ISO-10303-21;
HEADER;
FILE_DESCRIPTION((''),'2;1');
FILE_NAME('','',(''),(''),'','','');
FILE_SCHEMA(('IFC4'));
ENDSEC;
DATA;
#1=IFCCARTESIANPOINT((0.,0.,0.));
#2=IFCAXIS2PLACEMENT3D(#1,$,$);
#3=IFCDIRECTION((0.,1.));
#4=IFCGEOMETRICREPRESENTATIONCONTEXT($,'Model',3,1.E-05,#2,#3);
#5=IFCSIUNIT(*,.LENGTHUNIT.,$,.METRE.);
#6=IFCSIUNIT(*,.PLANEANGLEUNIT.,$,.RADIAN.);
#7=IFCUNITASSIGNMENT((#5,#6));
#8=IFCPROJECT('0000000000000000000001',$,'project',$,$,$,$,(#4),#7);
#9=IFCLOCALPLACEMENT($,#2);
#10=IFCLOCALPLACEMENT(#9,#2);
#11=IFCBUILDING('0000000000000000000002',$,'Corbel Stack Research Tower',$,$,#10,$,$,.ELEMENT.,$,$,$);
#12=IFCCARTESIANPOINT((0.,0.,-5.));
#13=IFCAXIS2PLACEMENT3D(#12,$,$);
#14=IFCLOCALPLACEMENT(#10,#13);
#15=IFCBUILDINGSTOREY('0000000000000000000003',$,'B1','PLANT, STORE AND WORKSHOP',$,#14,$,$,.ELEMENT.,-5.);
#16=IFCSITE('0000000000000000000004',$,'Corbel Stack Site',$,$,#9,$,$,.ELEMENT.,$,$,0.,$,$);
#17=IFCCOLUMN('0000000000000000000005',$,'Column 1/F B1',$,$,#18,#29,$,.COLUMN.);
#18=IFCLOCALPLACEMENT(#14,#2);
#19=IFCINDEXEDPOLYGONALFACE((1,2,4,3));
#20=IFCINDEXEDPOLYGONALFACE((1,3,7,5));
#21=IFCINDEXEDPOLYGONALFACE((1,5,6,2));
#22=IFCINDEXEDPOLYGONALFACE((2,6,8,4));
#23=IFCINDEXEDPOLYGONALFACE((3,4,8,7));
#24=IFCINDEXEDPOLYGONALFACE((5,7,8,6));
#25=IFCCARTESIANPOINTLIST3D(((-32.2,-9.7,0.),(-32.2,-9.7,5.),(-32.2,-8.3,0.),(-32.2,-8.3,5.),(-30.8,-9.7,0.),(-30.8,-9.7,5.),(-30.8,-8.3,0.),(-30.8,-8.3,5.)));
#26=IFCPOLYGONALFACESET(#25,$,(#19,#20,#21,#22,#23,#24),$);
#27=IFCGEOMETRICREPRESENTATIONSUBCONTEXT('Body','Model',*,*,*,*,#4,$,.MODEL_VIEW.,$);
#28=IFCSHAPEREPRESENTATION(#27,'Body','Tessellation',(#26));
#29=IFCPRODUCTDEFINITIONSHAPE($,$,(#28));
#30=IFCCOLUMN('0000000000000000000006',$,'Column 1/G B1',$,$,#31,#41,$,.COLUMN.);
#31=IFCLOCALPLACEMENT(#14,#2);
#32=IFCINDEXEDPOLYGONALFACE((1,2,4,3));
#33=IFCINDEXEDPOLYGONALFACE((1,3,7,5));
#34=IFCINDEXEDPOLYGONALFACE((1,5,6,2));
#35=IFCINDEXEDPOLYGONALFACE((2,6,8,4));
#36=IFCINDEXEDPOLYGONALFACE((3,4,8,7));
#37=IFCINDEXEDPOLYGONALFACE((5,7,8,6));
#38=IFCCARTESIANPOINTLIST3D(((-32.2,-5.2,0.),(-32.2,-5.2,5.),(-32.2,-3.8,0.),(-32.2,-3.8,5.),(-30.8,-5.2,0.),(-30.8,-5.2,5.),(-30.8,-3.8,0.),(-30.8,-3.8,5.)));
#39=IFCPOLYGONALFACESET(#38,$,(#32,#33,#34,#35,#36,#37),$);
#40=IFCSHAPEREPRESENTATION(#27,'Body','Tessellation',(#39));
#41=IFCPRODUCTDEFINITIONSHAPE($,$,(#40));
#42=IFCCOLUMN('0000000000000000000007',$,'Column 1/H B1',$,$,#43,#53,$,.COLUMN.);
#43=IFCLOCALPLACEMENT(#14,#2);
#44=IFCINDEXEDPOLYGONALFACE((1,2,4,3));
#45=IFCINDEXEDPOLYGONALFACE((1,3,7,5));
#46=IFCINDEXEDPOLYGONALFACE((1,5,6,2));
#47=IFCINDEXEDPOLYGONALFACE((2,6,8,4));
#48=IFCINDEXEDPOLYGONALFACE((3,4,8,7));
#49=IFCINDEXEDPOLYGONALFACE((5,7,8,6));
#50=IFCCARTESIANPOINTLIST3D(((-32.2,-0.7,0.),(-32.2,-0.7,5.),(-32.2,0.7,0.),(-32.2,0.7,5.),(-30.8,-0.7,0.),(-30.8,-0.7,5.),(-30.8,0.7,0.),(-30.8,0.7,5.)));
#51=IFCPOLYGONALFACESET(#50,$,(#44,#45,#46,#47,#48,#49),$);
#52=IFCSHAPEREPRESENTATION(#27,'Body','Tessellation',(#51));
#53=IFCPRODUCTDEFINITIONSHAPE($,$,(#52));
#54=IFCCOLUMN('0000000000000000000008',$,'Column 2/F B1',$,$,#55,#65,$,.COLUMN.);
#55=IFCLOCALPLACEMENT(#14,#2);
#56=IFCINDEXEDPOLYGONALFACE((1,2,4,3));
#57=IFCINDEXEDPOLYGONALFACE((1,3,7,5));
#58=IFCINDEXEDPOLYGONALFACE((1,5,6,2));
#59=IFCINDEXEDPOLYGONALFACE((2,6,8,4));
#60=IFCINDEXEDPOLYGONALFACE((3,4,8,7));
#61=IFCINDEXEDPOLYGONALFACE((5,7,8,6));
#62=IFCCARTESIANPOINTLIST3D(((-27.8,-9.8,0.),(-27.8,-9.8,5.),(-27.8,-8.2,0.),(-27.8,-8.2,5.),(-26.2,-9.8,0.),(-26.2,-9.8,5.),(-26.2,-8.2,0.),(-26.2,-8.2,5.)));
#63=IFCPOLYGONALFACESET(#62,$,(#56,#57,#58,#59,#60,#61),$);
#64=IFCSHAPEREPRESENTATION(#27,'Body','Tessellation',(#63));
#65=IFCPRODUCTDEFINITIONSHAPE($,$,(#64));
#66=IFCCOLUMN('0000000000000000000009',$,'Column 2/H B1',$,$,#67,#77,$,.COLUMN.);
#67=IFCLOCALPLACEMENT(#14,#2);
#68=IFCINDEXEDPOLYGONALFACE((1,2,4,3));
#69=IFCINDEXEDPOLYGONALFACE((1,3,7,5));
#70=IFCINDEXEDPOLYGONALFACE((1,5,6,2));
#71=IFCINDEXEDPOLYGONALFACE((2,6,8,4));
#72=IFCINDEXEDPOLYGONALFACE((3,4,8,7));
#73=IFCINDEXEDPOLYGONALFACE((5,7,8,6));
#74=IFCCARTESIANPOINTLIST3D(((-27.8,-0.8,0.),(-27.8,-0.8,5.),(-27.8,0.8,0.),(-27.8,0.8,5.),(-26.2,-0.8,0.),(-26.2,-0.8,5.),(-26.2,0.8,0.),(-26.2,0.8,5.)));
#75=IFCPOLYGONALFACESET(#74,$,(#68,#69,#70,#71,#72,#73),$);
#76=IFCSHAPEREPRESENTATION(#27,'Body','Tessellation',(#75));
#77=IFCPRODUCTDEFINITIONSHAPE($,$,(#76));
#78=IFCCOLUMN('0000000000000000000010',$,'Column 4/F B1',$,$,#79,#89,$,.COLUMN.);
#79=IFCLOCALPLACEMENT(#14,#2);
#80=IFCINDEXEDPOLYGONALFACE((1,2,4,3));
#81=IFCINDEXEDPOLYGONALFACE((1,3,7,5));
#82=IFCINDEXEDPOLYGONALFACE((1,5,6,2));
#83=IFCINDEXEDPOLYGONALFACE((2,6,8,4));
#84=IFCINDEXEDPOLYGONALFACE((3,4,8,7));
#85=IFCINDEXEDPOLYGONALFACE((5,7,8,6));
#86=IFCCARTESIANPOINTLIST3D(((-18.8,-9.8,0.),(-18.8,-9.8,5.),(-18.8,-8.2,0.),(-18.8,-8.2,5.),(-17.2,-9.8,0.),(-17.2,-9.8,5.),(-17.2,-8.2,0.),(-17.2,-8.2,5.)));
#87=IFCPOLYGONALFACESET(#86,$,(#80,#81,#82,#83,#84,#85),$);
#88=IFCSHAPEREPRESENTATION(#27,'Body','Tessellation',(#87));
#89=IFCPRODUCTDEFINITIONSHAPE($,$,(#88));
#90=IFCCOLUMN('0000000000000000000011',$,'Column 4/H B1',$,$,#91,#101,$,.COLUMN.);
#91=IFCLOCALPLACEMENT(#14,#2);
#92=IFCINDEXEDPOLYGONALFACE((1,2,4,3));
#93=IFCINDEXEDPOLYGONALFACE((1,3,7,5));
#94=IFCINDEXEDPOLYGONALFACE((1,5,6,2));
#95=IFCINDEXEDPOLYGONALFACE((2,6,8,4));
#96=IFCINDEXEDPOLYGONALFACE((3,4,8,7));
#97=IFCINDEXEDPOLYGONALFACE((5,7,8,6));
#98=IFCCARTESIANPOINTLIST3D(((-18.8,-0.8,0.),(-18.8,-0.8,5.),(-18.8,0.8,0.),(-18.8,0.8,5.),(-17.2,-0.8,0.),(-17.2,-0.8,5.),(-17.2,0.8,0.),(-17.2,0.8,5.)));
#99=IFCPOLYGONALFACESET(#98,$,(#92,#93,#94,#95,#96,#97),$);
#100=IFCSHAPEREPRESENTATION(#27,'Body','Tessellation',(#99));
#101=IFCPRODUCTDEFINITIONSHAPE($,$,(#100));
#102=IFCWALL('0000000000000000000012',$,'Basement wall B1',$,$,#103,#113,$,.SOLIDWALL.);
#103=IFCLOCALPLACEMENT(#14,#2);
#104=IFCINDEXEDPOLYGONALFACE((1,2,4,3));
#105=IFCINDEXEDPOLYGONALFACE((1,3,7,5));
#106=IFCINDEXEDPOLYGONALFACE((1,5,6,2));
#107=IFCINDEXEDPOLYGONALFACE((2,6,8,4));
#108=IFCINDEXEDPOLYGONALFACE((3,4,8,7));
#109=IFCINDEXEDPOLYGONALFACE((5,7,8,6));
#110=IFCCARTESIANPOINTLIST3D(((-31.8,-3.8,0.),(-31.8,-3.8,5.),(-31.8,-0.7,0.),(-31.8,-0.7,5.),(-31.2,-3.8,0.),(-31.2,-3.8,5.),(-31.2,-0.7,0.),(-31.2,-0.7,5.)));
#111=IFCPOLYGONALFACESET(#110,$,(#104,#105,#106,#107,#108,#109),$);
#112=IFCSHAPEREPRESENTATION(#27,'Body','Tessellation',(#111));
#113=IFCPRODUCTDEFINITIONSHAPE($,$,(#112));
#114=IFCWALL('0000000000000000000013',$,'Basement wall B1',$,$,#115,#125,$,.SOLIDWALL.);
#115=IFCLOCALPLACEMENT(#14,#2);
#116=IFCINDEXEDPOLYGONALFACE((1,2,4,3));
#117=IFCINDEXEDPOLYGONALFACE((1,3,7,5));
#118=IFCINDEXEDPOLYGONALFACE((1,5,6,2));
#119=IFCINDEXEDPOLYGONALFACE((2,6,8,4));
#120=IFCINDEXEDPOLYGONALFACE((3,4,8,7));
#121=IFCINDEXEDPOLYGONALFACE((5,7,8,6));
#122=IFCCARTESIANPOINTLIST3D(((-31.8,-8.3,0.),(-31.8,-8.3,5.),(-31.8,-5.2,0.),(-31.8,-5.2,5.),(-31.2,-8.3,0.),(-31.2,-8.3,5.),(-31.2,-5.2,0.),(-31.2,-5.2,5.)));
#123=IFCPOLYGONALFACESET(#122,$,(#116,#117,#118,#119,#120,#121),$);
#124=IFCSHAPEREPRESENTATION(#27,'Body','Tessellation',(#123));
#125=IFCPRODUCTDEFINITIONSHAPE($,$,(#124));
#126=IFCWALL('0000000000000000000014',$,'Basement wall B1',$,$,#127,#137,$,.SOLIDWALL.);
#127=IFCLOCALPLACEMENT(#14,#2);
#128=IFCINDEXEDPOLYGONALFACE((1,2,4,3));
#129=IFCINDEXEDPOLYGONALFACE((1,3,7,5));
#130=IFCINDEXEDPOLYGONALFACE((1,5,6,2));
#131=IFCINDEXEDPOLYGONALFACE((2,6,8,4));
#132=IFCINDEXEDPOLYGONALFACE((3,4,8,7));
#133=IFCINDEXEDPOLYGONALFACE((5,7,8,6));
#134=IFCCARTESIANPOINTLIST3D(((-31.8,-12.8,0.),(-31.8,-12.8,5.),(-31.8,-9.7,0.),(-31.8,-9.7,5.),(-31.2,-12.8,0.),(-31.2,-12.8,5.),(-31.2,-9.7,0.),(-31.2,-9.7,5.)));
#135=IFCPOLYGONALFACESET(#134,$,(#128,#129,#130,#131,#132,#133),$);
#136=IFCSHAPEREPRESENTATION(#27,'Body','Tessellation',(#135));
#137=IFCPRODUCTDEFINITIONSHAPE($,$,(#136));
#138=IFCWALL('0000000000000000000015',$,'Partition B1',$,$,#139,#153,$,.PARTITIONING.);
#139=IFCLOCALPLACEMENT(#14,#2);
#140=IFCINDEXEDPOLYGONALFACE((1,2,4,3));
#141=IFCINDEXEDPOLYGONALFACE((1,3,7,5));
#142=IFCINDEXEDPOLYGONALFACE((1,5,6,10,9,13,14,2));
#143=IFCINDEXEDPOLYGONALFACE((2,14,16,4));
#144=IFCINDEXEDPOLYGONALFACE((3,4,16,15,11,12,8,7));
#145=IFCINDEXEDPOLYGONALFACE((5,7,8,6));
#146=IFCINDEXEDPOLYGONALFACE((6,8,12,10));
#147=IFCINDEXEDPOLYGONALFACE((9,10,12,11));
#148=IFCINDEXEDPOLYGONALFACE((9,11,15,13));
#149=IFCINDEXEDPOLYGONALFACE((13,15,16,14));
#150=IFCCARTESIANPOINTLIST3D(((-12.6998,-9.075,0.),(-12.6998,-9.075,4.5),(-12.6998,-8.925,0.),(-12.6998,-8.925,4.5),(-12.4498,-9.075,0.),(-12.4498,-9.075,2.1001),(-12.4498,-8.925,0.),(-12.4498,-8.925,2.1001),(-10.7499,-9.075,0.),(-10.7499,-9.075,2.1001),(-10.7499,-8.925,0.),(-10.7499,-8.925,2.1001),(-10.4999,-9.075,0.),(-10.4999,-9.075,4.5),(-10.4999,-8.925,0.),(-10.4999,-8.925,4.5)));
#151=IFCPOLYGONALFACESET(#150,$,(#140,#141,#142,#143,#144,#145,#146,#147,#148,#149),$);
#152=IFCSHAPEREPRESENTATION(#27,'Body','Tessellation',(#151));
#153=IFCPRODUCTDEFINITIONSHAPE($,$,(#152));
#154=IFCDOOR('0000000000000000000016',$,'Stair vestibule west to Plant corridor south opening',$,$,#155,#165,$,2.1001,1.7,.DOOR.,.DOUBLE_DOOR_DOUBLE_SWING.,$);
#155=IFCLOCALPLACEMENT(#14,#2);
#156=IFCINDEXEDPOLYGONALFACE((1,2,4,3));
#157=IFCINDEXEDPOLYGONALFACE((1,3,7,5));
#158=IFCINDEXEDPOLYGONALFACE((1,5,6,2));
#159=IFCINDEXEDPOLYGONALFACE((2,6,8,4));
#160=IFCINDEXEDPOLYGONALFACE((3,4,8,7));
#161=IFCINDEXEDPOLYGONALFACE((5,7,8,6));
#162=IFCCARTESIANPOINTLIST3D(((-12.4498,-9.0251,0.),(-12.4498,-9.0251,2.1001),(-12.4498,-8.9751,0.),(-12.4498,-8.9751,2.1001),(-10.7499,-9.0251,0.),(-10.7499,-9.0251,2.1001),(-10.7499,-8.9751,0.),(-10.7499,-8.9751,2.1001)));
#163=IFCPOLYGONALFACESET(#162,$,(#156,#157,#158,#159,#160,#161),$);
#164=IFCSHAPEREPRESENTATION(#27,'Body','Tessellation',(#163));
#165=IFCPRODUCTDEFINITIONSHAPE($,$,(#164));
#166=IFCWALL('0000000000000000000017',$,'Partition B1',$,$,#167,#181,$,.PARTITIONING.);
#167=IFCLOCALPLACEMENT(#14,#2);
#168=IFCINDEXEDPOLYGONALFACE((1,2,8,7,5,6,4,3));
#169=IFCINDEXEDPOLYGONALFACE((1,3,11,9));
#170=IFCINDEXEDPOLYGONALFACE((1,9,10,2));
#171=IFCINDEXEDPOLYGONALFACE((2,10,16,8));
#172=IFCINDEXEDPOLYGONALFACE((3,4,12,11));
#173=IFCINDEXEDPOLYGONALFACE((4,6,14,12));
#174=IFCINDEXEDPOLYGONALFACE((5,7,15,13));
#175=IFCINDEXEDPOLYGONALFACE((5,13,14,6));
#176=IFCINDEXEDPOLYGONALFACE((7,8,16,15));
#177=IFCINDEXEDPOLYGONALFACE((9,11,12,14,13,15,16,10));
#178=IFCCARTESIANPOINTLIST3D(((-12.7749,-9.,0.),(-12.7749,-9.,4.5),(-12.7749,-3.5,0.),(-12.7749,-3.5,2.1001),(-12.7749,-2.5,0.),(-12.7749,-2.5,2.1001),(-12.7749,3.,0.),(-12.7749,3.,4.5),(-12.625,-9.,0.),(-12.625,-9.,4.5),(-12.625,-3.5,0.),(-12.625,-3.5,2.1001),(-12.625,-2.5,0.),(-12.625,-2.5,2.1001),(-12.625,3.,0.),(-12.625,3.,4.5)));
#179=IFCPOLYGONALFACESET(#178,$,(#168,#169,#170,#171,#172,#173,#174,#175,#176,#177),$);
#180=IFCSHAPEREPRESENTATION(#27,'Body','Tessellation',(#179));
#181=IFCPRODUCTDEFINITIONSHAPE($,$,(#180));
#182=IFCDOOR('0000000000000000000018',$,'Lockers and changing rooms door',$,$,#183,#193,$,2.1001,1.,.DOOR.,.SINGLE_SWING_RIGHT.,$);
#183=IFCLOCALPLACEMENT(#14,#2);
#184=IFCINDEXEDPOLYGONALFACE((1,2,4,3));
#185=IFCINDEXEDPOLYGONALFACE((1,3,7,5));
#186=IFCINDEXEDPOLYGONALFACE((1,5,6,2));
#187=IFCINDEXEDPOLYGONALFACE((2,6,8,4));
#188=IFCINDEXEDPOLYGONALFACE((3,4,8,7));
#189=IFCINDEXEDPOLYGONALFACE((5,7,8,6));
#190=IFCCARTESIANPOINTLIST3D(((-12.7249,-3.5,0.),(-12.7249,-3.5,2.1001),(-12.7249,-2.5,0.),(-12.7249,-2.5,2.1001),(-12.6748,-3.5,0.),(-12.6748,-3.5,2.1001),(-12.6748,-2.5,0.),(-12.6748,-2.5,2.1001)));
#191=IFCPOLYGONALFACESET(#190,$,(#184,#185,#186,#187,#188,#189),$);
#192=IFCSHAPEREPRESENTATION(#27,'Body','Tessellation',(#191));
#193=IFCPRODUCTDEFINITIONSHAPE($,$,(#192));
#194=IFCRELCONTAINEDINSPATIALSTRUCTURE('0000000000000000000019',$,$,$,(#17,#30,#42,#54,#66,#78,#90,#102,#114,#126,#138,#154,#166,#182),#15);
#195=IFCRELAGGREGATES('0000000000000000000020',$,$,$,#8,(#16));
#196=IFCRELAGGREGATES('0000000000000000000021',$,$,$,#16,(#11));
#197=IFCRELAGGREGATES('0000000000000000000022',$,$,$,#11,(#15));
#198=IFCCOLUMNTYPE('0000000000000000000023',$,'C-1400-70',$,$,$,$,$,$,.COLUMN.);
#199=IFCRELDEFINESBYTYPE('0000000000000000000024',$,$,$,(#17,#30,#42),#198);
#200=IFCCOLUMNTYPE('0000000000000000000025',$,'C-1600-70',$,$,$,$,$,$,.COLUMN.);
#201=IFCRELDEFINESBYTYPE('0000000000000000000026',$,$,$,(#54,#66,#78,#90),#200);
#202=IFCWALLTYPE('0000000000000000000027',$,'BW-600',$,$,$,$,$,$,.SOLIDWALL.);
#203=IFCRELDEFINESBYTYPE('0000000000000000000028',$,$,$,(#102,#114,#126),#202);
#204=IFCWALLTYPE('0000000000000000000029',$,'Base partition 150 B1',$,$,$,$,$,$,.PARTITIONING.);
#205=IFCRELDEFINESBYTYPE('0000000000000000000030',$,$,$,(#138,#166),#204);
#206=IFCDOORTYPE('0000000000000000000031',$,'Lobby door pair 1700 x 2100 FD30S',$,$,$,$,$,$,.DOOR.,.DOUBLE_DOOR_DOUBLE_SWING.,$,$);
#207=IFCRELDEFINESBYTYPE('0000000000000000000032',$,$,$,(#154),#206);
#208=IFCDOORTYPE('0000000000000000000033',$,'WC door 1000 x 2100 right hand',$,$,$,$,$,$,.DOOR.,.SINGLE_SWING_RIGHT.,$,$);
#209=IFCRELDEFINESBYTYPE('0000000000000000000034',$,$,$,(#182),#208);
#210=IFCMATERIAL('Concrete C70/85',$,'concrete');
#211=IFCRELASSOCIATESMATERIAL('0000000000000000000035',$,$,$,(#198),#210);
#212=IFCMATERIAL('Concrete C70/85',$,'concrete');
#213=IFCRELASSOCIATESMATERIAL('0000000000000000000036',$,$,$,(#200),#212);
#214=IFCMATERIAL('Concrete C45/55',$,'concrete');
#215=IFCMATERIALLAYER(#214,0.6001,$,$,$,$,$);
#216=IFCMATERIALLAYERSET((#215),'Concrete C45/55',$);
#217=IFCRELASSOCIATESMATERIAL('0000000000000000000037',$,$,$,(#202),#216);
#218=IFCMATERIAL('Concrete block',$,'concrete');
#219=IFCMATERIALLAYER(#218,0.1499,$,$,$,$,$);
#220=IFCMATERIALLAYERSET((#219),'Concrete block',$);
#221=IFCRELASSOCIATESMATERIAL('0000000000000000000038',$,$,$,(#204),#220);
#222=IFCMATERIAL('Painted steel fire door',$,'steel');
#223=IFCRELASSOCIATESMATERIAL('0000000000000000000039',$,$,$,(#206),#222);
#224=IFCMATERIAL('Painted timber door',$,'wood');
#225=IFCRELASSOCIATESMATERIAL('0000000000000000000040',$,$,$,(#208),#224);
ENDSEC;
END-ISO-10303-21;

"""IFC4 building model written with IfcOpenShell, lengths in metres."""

from ifc_helpers import new_model, si_unit, direction, frame, frame_2d, origin, origin_2d, place, context, subcontext, project, spatial, rectangle, extrude, material, layer, layer_set, material_profile, profile_set, type_object, element, fill, save


model = new_model("IFC4")

# Units and contexts
model_context = context("Model", 3, precision=1e-05, world=origin(), true_north=direction((0.0, 1.0)))
body_context = subcontext(model_context, "Body", "Model", "MODEL_VIEW")
ifc_project = project(units=[si_unit("LENGTHUNIT", "METRE"), si_unit("PLANEANGLEUNIT", "RADIAN")], contexts=[model_context])

# Site, building, storey
site_placement = place(None, origin())
site = spatial("IfcSite", under=ifc_project, at=site_placement, Name="Corbel Stack Site", CompositionType="ELEMENT", RefElevation=0.0)
building_placement = place(site_placement, origin())
building = spatial("IfcBuilding", under=site, at=building_placement, Name="Corbel Stack Research Tower", CompositionType="ELEMENT")
storey_placement = place(building_placement, frame((0.0, 0.0, -5.0)))
storey = spatial("IfcBuildingStorey", under=building, at=storey_placement, Name="B1", Description="PLANT, STORE AND WORKSHOP", CompositionType="ELEMENT", Elevation=-5.0)

# Columns
ifc_material_1 = material(Name="Concrete C70/85", Category="concrete")
ifc_material_profile_1 = material_profile(ifc_material_1, rectangle(XDim=1.3999, YDim=1.3999, at=origin_2d()), Name="RC 1400 x 1400")
ifc_profile_set_1 = profile_set([ifc_material_profile_1], Name="Concrete C70/85")
column_type_1 = type_object("IfcColumnType", Name="C-1400-70", PredefinedType="COLUMN", material=ifc_profile_set_1)
for number, where, z_axis, x_axis, name in (
    (1, (-31.5, -9.0, 0.0), (0.0, 0.0, 1.0), (1.0, 0.0, 0.0), "Column 1/F B1"),
    (2, (-31.5, -4.5, 0.0), (0.0, 0.0, 1.0), (1.0, 0.0, 0.0), "Column 1/G B1"),
    (3, (-31.5, 0.0, 0.0), (0.0, 0.0, 1.0), (1.0, 0.0, 0.0), "Column 1/H B1"),
):
    element("IfcColumn", number, at=place(storey_placement, frame(where, z_axis=z_axis, x_axis=x_axis)), inside=storey, type_object=column_type_1, Name=name, PredefinedType="COLUMN", context=body_context, shape_type="SweptSolid", body=[
        extrude(rectangle(XDim=1.3999, YDim=1.3999, at=origin_2d()), origin(), (0.0, 0.0, 1.0), 5.0),
    ])
ifc_material_2 = material(Name="Concrete C70/85", Category="concrete")
ifc_material_profile_2 = material_profile(ifc_material_2, rectangle(XDim=1.6001, YDim=1.6001, at=origin_2d()), Name="RC 1600 x 1600")
ifc_profile_set_2 = profile_set([ifc_material_profile_2], Name="Concrete C70/85")
column_type_2 = type_object("IfcColumnType", Name="C-1600-70", PredefinedType="COLUMN", material=ifc_profile_set_2)
for number, where, z_axis, x_axis, name in (
    (4, (-27.0, -9.0, 0.0), (0.0, 0.0, 1.0), (1.0, 0.0, 0.0), "Column 2/F B1"),
    (5, (-27.0, 0.0, 0.0), (0.0, 0.0, 1.0), (1.0, 0.0, 0.0), "Column 2/H B1"),
    (6, (-18.0, -9.0, 0.0), (0.0, 0.0, 1.0), (1.0, 0.0, 0.0), "Column 4/F B1"),
    (7, (-18.0, 0.0, 0.0), (0.0, 0.0, 1.0), (1.0, 0.0, 0.0), "Column 4/H B1"),
):
    element("IfcColumn", number, at=place(storey_placement, frame(where, z_axis=z_axis, x_axis=x_axis)), inside=storey, type_object=column_type_2, Name=name, PredefinedType="COLUMN", context=body_context, shape_type="SweptSolid", body=[
        extrude(rectangle(XDim=1.6001, YDim=1.6001, at=origin_2d()), origin(), (0.0, 0.0, 1.0), 5.0),
    ])

# Walls
ifc_material_3 = material(Name="Concrete C45/55", Category="concrete")
ifc_layer_1 = layer(ifc_material_3, 0.6001)
ifc_layer_set_1 = layer_set([ifc_layer_1], Name="Concrete C45/55")
wall_type_1 = type_object("IfcWallType", Name="BW-600", PredefinedType="SOLIDWALL", material=ifc_layer_set_1)
for number, where, z_axis, x_axis, name in (
    (8, (-31.5, -0.7, 0.0), (0.0, 0.0, 1.0), (0.0, -1.0, 0.0), "Basement wall B1"),
    (9, (-31.5, -5.2, 0.0), (0.0, 0.0, 1.0), (0.0, -1.0, 0.0), "Basement wall B1"),
    (10, (-31.5, -9.7, 0.0), (0.0, 0.0, 1.0), (0.0, -1.0, 0.0), "Basement wall B1"),
):
    element("IfcWall", number, at=place(storey_placement, frame(where, z_axis=z_axis, x_axis=x_axis)), inside=storey, type_object=wall_type_1, Name=name, PredefinedType="SOLIDWALL", context=body_context, shape_type="SweptSolid", body=[
        extrude(rectangle(XDim=3.1001, YDim=0.6001, at=frame_2d((1.55, 0.0))), origin(), (0.0, 0.0, 1.0), 5.0),
    ])

# Walls, openings, doors
ifc_material_4 = material(Name="Concrete block", Category="concrete")
ifc_layer_2 = layer(ifc_material_4, 0.1499)
ifc_layer_set_2 = layer_set([ifc_layer_2], Name="Concrete block")
wall_type_2 = type_object("IfcWallType", Name="Base partition 150 B1", PredefinedType="PARTITIONING", material=ifc_layer_set_2)
wall_1_placement = place(storey_placement, frame((-12.7, -9.0, 0.0), z_axis=(0.0, 0.0, 1.0), x_axis=(1.0, 0.0, 0.0)))
wall_1 = element("IfcWall", 11, at=wall_1_placement, inside=storey, type_object=wall_type_2, Name="Partition B1", PredefinedType="PARTITIONING", context=body_context, shape_type="SweptSolid", body=[
    extrude(rectangle(XDim=2.2, YDim=0.1499, at=frame_2d((1.1001, 0.0))), origin(), (0.0, 0.0, 1.0), 4.5),
])
opening_1_placement = place(wall_1_placement, frame((0.25, 0.0, 0.0)))
opening_1 = element("IfcOpeningElement", 12, at=opening_1_placement, cuts=wall_1, PredefinedType="OPENING", context=body_context, shape_type="SweptSolid", body=[
    extrude(rectangle(XDim=1.7, YDim=2.1001, at=frame_2d((0.8501, 1.05))), frame((0.0, 0.085, 0.0), z_axis=(0.0, -1.0, 0.0), x_axis=(1.0, 0.0, 0.0)), (0.0, 0.0, 1.0), 0.1699),
])
ifc_material_5 = material(Name="Painted steel fire door", Category="steel")
door_type_1 = type_object("IfcDoorType", Name="Lobby door pair 1700 x 2100 FD30S", OperationType="DOUBLE_DOOR_DOUBLE_SWING", PredefinedType="DOOR", material=ifc_material_5)
door_1_placement = place(opening_1_placement, origin())
door_1 = element("IfcDoor", 13, at=door_1_placement, inside=storey, type_object=door_type_1, Name="Stair vestibule west to Plant corridor south opening", OperationType="DOUBLE_DOOR_DOUBLE_SWING", OverallHeight=2.1001, OverallWidth=1.7, PredefinedType="DOOR", context=body_context, shape_type="SweptSolid", body=[
    extrude(rectangle(XDim=1.7, YDim=2.1001, at=frame_2d((0.8501, 1.05))), frame((0.0, 0.0249, 0.0), z_axis=(0.0, -1.0, 0.0), x_axis=(1.0, 0.0, 0.0)), (0.0, 0.0, 1.0), 0.05),
])
fill(opening_1, door_1)
wall_2_placement = place(storey_placement, frame((-12.7, -9.0, 0.0), z_axis=(0.0, 0.0, 1.0), x_axis=(0.0, 1.0, 0.0)))
wall_2 = element("IfcWall", 14, at=wall_2_placement, inside=storey, type_object=wall_type_2, Name="Partition B1", PredefinedType="PARTITIONING", context=body_context, shape_type="SweptSolid", body=[
    extrude(rectangle(XDim=12.0, YDim=0.1499, at=frame_2d((6.0, 0.0))), origin(), (0.0, 0.0, 1.0), 4.5),
])
opening_2_placement = place(wall_2_placement, frame((5.5, 0.0, 0.0)))
opening_2 = element("IfcOpeningElement", 15, at=opening_2_placement, cuts=wall_2, PredefinedType="OPENING", context=body_context, shape_type="SweptSolid", body=[
    extrude(rectangle(XDim=1.0, YDim=2.1001, at=frame_2d((0.5, 1.05))), frame((0.0, 0.085, 0.0), z_axis=(0.0, -1.0, 0.0), x_axis=(1.0, 0.0, 0.0)), (0.0, 0.0, 1.0), 0.1699),
])
ifc_material_6 = material(Name="Painted timber door", Category="wood")
door_type_2 = type_object("IfcDoorType", Name="WC door 1000 x 2100 right hand", OperationType="SINGLE_SWING_RIGHT", PredefinedType="DOOR", material=ifc_material_6)
door_2_placement = place(opening_2_placement, origin())
door_2 = element("IfcDoor", 16, at=door_2_placement, inside=storey, type_object=door_type_2, Name="Lockers and changing rooms door", OperationType="SINGLE_SWING_RIGHT", OverallHeight=2.1001, OverallWidth=1.0, PredefinedType="DOOR", context=body_context, shape_type="SweptSolid", body=[
    extrude(rectangle(XDim=1.0, YDim=2.1001, at=frame_2d((0.5, 1.05))), frame((0.0, 0.0249, 0.0), z_axis=(0.0, -1.0, 0.0), x_axis=(1.0, 0.0, 0.0)), (0.0, 0.0, 1.0), 0.05),
])
fill(opening_2, door_2)

save(model, "model.ifc")
